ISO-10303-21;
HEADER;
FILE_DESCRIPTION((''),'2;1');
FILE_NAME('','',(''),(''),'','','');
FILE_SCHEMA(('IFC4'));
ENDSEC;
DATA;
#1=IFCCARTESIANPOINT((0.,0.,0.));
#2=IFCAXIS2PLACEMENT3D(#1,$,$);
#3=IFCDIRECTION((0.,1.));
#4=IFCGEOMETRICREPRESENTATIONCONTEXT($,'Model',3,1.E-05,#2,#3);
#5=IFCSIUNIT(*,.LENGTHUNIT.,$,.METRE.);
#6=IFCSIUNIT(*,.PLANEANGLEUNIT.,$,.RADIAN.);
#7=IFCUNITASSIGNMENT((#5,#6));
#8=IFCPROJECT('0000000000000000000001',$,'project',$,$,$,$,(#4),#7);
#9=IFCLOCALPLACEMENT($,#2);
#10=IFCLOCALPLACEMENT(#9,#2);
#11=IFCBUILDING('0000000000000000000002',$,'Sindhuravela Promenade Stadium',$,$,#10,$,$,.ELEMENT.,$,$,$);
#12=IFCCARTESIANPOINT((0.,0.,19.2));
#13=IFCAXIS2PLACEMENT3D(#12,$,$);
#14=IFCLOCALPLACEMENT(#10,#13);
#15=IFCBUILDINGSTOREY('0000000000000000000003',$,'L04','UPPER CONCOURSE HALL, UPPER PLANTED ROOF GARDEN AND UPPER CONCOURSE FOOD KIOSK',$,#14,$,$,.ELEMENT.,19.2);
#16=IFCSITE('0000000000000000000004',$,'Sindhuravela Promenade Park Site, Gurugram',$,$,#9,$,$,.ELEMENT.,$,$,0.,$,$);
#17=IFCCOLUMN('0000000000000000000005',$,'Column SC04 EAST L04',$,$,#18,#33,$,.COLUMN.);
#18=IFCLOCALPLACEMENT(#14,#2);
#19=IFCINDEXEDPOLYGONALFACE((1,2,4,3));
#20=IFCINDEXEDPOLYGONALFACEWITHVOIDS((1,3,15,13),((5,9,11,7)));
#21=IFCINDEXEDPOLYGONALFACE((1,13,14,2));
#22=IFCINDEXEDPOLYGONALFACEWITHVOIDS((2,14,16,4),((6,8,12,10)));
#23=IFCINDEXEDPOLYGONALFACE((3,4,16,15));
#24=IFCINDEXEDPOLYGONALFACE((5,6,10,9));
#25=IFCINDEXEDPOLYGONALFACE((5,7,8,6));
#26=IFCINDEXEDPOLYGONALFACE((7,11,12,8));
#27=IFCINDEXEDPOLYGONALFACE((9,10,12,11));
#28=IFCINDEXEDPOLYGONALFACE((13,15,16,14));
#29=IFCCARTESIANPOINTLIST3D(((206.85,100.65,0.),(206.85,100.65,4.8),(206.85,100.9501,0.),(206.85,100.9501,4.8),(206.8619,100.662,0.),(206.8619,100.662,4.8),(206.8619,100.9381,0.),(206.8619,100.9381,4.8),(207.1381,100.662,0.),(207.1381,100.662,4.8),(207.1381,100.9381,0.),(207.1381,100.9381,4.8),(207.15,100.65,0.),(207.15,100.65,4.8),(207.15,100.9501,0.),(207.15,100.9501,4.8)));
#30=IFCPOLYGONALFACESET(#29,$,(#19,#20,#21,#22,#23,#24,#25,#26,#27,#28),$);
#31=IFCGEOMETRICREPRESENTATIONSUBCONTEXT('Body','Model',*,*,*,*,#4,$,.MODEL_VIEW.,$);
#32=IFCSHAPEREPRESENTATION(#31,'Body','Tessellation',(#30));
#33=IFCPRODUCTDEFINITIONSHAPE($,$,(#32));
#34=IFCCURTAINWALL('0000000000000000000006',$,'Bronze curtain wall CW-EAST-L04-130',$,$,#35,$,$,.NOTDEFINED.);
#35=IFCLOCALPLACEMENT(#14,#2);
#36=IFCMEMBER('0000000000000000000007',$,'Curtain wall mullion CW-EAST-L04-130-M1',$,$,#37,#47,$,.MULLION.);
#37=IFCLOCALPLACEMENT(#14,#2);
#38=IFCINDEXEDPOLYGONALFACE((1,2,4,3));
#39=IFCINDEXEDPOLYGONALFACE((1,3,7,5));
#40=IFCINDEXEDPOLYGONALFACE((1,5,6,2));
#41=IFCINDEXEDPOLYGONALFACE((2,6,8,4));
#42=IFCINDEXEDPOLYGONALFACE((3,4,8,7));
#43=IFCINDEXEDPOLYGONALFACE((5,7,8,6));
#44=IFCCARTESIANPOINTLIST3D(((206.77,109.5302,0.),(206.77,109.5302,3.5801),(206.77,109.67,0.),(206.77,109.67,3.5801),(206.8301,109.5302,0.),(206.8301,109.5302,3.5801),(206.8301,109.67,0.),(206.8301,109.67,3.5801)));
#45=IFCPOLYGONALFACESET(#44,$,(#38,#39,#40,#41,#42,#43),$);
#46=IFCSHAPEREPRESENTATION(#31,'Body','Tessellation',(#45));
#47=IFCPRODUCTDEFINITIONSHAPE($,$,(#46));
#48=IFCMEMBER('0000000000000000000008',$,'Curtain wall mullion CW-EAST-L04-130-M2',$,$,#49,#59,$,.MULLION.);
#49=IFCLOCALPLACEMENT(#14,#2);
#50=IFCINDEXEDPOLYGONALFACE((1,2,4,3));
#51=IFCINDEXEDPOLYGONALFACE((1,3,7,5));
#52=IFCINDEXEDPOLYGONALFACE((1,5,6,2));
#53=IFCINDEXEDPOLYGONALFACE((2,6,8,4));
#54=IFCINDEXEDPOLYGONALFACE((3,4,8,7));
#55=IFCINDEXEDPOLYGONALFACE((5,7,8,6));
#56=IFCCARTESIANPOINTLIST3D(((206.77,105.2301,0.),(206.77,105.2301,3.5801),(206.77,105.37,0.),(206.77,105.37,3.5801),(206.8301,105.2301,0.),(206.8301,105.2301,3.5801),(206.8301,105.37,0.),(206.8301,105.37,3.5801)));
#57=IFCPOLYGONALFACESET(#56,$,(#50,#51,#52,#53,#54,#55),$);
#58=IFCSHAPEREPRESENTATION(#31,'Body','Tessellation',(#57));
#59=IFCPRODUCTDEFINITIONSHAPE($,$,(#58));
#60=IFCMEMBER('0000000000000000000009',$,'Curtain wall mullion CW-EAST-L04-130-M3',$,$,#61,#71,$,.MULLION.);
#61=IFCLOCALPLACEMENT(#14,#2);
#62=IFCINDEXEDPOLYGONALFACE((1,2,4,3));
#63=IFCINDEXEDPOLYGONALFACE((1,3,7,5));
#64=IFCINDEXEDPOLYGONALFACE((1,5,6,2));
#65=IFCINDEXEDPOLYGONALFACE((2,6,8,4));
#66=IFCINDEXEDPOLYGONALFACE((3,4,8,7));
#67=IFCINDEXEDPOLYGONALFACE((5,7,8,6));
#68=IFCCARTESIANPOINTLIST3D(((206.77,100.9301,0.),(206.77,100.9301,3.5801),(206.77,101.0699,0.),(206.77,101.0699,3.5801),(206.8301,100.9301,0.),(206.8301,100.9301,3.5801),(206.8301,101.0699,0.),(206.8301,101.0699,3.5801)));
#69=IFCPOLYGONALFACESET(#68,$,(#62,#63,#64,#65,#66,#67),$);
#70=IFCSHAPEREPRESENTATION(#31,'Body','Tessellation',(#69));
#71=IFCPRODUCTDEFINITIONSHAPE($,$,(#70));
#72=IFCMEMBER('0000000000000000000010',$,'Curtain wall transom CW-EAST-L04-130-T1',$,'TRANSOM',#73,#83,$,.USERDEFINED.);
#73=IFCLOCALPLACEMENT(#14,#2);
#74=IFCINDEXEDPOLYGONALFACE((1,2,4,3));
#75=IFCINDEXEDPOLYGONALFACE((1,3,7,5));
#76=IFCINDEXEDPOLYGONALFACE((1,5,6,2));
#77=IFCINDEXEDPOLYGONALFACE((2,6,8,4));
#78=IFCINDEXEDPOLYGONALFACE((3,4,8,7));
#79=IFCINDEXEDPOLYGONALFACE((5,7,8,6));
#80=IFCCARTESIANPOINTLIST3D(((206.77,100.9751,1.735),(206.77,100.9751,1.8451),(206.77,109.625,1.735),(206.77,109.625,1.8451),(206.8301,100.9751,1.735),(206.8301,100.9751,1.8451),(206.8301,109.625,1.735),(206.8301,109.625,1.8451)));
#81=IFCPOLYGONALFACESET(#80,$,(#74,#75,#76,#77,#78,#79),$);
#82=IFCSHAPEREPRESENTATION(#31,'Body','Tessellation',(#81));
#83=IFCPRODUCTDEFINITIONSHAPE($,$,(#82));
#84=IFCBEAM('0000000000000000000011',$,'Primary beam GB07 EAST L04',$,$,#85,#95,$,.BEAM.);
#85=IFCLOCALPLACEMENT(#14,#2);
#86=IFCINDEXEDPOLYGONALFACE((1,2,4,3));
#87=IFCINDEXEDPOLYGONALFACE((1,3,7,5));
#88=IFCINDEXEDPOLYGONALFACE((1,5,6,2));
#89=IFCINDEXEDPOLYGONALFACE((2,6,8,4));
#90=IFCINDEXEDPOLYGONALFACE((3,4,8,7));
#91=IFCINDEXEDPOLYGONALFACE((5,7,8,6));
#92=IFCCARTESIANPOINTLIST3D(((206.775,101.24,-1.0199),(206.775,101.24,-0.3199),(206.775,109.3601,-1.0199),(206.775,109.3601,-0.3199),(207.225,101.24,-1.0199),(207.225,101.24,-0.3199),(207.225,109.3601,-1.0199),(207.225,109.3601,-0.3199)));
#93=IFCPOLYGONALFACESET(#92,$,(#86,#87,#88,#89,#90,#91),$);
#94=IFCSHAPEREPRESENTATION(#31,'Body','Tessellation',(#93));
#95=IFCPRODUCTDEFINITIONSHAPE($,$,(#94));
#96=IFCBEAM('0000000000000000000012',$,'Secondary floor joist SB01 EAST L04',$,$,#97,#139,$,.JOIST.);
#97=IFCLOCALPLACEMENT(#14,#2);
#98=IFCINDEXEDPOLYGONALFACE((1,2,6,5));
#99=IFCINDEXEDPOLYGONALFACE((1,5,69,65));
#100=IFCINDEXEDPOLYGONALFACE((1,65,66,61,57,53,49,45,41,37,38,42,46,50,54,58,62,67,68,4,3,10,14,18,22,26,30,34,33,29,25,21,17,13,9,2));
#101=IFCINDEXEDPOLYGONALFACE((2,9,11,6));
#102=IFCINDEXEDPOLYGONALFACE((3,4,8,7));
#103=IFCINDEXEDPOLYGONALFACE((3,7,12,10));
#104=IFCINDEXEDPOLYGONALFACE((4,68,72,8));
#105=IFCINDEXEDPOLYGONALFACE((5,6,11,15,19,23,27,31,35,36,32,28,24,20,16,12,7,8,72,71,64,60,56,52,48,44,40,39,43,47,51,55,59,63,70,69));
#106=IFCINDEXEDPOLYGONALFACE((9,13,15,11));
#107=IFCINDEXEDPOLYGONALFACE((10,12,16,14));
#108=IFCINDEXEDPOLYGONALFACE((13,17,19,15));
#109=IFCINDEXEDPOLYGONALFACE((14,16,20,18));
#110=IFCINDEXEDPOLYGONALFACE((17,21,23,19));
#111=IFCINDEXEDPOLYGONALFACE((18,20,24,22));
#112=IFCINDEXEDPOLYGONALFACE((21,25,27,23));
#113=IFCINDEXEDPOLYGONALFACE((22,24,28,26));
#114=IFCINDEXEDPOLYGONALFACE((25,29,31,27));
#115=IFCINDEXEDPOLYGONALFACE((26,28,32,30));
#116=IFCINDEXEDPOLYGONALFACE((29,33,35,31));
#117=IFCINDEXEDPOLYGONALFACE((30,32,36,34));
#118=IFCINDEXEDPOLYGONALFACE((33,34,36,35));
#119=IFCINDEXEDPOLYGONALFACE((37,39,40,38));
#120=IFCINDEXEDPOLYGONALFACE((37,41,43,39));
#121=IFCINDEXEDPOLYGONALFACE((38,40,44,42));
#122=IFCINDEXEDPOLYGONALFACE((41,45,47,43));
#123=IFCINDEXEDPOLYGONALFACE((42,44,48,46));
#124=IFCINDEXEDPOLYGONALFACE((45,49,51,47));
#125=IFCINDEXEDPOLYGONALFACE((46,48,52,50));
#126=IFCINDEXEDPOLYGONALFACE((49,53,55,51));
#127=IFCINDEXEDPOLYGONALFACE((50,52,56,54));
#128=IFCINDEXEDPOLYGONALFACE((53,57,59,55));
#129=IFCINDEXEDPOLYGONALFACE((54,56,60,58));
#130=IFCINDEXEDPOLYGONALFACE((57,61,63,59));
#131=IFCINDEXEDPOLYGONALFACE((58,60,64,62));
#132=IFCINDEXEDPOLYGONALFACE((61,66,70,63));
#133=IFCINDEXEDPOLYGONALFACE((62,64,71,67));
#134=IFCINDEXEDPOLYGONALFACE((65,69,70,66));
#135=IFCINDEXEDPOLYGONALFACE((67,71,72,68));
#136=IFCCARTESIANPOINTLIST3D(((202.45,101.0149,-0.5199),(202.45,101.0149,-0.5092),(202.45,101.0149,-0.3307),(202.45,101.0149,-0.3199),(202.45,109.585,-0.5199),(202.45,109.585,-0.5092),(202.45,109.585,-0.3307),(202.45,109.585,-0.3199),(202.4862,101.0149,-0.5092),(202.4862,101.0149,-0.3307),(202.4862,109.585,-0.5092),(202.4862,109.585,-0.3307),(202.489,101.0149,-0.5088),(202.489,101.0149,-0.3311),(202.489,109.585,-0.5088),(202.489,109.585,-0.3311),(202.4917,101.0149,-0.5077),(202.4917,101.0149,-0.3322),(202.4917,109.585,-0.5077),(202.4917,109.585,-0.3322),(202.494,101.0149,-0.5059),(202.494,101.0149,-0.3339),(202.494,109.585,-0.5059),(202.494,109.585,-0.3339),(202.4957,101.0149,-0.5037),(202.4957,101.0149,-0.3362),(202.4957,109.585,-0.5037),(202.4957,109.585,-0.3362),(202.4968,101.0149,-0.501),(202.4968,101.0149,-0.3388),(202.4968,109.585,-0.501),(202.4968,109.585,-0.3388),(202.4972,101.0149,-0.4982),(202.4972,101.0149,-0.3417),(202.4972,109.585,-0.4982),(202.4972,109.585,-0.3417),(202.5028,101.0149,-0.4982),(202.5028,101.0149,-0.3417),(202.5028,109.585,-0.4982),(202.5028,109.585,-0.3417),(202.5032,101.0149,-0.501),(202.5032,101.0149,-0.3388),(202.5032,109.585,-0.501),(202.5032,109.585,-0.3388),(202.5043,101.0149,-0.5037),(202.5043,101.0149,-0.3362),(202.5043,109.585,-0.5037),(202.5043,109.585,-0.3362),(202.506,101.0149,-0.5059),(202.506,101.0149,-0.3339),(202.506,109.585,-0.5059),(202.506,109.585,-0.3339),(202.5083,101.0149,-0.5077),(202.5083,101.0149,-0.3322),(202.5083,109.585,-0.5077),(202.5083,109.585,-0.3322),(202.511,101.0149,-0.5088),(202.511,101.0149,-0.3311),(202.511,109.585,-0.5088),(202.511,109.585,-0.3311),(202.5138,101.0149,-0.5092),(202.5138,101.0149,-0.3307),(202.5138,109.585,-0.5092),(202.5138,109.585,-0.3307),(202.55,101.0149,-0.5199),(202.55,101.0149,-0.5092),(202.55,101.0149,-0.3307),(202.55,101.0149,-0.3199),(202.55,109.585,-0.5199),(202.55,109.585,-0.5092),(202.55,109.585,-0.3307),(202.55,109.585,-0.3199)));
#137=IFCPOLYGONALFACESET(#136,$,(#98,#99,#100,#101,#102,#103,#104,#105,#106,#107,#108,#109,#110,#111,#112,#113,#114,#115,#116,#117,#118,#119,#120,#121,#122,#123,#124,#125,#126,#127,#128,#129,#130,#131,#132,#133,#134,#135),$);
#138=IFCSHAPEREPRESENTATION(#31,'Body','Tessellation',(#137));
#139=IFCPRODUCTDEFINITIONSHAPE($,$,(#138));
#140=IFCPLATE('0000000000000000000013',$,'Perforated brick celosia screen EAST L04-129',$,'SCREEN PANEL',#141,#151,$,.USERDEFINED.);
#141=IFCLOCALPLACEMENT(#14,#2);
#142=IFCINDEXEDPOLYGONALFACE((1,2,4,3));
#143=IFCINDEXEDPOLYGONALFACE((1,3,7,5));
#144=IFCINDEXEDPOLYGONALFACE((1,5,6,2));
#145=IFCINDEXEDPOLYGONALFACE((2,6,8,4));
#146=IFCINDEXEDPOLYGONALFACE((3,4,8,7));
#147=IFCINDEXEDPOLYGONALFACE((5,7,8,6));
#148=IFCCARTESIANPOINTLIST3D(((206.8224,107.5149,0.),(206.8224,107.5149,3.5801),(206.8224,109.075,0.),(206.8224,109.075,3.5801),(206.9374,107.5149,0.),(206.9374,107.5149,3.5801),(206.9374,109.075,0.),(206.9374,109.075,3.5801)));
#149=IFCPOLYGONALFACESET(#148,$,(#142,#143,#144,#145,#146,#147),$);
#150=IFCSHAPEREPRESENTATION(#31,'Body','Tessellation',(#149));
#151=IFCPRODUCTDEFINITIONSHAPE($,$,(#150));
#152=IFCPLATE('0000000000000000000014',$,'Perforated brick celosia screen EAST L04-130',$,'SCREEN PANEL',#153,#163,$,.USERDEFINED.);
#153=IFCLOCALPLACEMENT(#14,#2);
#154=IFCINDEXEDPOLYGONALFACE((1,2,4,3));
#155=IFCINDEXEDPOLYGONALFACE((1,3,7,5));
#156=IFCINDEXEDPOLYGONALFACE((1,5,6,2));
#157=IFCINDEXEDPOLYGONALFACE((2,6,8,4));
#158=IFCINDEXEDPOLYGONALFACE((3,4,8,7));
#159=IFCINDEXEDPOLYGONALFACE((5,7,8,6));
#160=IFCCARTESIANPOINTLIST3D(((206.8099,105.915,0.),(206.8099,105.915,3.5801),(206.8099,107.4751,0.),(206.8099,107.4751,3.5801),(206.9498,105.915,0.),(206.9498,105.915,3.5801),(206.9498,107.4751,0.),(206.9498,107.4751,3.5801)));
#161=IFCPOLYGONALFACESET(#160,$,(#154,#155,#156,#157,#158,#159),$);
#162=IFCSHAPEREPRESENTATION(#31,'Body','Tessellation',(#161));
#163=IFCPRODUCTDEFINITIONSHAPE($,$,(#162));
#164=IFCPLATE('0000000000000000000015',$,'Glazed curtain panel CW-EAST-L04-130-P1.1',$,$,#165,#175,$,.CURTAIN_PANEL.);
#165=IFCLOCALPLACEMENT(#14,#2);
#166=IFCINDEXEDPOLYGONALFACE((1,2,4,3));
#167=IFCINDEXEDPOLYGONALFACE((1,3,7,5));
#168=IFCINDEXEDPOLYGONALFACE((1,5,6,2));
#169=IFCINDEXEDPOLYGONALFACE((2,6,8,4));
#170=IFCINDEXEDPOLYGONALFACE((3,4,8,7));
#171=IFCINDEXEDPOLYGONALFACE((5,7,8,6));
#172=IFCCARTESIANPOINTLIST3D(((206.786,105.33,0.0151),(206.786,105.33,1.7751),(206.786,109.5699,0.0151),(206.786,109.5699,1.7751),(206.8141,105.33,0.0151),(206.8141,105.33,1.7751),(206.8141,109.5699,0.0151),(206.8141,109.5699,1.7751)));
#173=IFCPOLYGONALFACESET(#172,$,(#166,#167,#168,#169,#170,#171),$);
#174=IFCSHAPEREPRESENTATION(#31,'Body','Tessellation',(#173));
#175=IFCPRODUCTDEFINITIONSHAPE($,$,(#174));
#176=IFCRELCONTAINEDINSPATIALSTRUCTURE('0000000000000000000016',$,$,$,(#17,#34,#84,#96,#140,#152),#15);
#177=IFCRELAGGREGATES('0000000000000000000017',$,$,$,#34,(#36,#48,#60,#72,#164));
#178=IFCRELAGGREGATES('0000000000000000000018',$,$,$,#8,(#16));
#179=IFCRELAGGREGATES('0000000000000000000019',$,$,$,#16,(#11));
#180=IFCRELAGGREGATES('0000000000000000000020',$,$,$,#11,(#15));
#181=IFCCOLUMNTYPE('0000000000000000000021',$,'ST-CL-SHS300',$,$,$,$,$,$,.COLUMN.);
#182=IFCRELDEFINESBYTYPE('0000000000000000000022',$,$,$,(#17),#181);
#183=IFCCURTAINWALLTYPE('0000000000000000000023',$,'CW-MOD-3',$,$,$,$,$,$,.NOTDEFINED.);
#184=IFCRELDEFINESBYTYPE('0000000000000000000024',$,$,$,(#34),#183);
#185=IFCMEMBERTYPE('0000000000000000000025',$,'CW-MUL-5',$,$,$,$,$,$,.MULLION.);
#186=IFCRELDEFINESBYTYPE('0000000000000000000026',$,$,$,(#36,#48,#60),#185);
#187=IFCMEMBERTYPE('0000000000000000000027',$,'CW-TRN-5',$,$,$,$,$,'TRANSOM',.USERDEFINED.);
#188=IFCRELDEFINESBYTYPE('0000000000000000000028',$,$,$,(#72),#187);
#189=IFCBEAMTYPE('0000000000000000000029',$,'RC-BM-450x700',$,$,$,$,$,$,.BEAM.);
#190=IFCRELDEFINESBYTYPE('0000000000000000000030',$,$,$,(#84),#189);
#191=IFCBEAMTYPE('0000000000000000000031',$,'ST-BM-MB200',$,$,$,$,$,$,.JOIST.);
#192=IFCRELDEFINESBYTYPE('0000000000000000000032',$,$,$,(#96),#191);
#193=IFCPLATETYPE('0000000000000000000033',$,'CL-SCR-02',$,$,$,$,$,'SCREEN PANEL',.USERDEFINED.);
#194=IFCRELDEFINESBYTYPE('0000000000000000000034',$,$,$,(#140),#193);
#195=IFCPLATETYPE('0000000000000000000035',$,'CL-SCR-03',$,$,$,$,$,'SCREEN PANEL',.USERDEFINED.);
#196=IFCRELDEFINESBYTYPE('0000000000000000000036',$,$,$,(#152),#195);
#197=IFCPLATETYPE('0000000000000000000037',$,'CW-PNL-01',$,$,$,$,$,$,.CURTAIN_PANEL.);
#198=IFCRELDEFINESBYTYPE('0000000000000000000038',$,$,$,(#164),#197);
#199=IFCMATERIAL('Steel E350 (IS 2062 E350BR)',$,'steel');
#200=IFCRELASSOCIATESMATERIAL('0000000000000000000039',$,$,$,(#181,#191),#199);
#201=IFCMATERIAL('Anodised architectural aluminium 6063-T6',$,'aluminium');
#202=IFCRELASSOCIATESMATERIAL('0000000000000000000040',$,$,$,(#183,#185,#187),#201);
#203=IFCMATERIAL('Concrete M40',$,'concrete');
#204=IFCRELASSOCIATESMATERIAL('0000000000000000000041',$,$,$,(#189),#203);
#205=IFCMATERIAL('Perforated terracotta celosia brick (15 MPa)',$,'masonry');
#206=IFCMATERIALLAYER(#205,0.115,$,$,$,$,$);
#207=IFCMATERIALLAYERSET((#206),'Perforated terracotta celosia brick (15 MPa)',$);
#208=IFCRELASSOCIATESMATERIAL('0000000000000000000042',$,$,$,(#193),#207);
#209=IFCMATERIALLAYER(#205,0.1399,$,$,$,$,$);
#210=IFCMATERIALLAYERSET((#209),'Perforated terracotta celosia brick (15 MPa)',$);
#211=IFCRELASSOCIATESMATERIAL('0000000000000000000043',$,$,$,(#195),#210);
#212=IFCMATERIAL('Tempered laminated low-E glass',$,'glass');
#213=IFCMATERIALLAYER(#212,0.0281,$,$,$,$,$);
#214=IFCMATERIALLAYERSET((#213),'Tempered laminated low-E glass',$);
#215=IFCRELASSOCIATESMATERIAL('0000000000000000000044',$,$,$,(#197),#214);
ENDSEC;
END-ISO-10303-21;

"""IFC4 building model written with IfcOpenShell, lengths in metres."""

from ifc_helpers import new_model, si_unit, direction, frame, origin, origin_2d, place, context, subcontext, project, spatial, rectangle, hollow_rectangle, i_section, extrude, material, layer, layer_set, material_profile, profile_set, type_object, element, aggregate, save


model = new_model("IFC4")

# Units and contexts
model_context = context("Model", 3, precision=1e-05, world=origin(), true_north=direction((0.0, 1.0)))
body_context = subcontext(model_context, "Body", "Model", "MODEL_VIEW")
ifc_project = project(units=[si_unit("LENGTHUNIT", "METRE"), si_unit("PLANEANGLEUNIT", "RADIAN")], contexts=[model_context])

# Site, building, storey
site_placement = place(None, origin())
site = spatial("IfcSite", under=ifc_project, at=site_placement, Name="Sindhuravela Promenade Park Site, Gurugram", CompositionType="ELEMENT", RefElevation=0.0)
building_placement = place(site_placement, origin())
building = spatial("IfcBuilding", under=site, at=building_placement, Name="Sindhuravela Promenade Stadium", CompositionType="ELEMENT")
storey_placement = place(building_placement, frame((0.0, 0.0, 19.2)))
storey = spatial("IfcBuildingStorey", under=building, at=storey_placement, Name="L04", Description="UPPER CONCOURSE HALL, UPPER PLANTED ROOF GARDEN AND UPPER CONCOURSE FOOD KIOSK", CompositionType="ELEMENT", Elevation=19.2)

# Column
ifc_material_1 = material(Name="Steel E350 (IS 2062 E350BR)", Category="steel")
ifc_material_profile_1 = material_profile(ifc_material_1, hollow_rectangle(XDim=0.3, YDim=0.3, WallThickness=0.012, at=origin_2d()), Name="SHS 300x300x12")
ifc_profile_set_1 = profile_set([ifc_material_profile_1], Name="Steel E350 (IS 2062 E350BR)")
column_type = type_object("IfcColumnType", Name="ST-CL-SHS300", PredefinedType="COLUMN", material=ifc_profile_set_1)
column_placement = place(storey_placement, frame((207.0, 100.8, 0.0), z_axis=(0.0, 0.0, 1.0), x_axis=(1.0, 0.0, 0.0)))
element("IfcColumn", 1, at=column_placement, inside=storey, type_object=column_type, Name="Column SC04 EAST L04", PredefinedType="COLUMN", context=body_context, shape_type="SweptSolid", body=[
    extrude(hollow_rectangle(XDim=0.3, YDim=0.3, WallThickness=0.012, at=origin_2d()), origin(), (0.0, 0.0, 1.0), 4.8),
])

# Curtain wall, members
ifc_material_2 = material(Name="Anodised architectural aluminium 6063-T6", Category="aluminium")
curtain_wall_type = type_object("IfcCurtainWallType", Name="CW-MOD-3", PredefinedType="NOTDEFINED", material=ifc_material_2)
curtain_wall_placement = place(storey_placement, origin())
curtain_wall = element("IfcCurtainWall", 2, at=curtain_wall_placement, inside=storey, type_object=curtain_wall_type, Name="Bronze curtain wall CW-EAST-L04-130", PredefinedType="NOTDEFINED")
ifc_material_profile_2 = material_profile(ifc_material_2, rectangle(XDim=0.0601, YDim=0.1399, at=origin_2d()), Name="ALU M60x140")
ifc_profile_set_2 = profile_set([ifc_material_profile_2], Name="Anodised architectural aluminium 6063-T6")
member_type_1 = type_object("IfcMemberType", Name="CW-MUL-5", PredefinedType="MULLION", material=ifc_profile_set_2)
member_1_placement = place(storey_placement, frame((206.8, 109.6001, 0.0), z_axis=(0.0, 0.0, 1.0), x_axis=(1.0, 0.0, 0.0)))
member_1 = element("IfcMember", 3, at=member_1_placement, type_object=member_type_1, Name="Curtain wall mullion CW-EAST-L04-130-M1", PredefinedType="MULLION", context=body_context, shape_type="SweptSolid", body=[
    extrude(rectangle(XDim=0.0601, YDim=0.1399, at=origin_2d()), origin(), (0.0, 0.0, 1.0), 3.5801),
])
member_2_placement = place(storey_placement, frame((206.8, 105.3, 0.0), z_axis=(0.0, 0.0, 1.0), x_axis=(1.0, 0.0, 0.0)))
member_2 = element("IfcMember", 4, at=member_2_placement, type_object=member_type_1, Name="Curtain wall mullion CW-EAST-L04-130-M2", PredefinedType="MULLION", context=body_context, shape_type="SweptSolid", body=[
    extrude(rectangle(XDim=0.0601, YDim=0.1399, at=origin_2d()), origin(), (0.0, 0.0, 1.0), 3.5801),
])
member_3_placement = place(storey_placement, frame((206.8, 101.0, 0.0), z_axis=(0.0, 0.0, 1.0), x_axis=(1.0, 0.0, 0.0)))
member_3 = element("IfcMember", 5, at=member_3_placement, type_object=member_type_1, Name="Curtain wall mullion CW-EAST-L04-130-M3", PredefinedType="MULLION", context=body_context, shape_type="SweptSolid", body=[
    extrude(rectangle(XDim=0.0601, YDim=0.1399, at=origin_2d()), origin(), (0.0, 0.0, 1.0), 3.5801),
])
ifc_material_profile_3 = material_profile(ifc_material_2, rectangle(XDim=0.0601, YDim=0.1101, at=origin_2d()), Name="ALU T60x110")
ifc_profile_set_3 = profile_set([ifc_material_profile_3], Name="Anodised architectural aluminium 6063-T6")
member_type_2 = type_object("IfcMemberType", Name="CW-TRN-5", ElementType="TRANSOM", PredefinedType="USERDEFINED", material=ifc_profile_set_3)
member_4_placement = place(storey_placement, frame((206.8, 109.625, 1.79), z_axis=(0.0, -1.0, 0.0), x_axis=(1.0, 0.0, 0.0)))
member_4 = element("IfcMember", 6, at=member_4_placement, type_object=member_type_2, Name="Curtain wall transom CW-EAST-L04-130-T1", ObjectType="TRANSOM", PredefinedType="USERDEFINED", context=body_context, shape_type="SweptSolid", body=[
    extrude(rectangle(XDim=0.0601, YDim=0.1101, at=origin_2d()), origin(), (0.0, 0.0, 1.0), 8.6499),
])

# Beams
ifc_material_3 = material(Name="Concrete M40", Category="concrete")
ifc_material_profile_4 = material_profile(ifc_material_3, rectangle(XDim=0.45, YDim=0.7, at=origin_2d()), Name="RC 450x700")
ifc_profile_set_4 = profile_set([ifc_material_profile_4], Name="Concrete M40")
beam_type_1 = type_object("IfcBeamType", Name="RC-BM-450x700", PredefinedType="BEAM", material=ifc_profile_set_4)
beam_1_placement = place(storey_placement, frame((207.0, 101.24, -0.6699), z_axis=(0.0, 1.0, 0.0), x_axis=(-1.0, 0.0, 0.0)))
element("IfcBeam", 7, at=beam_1_placement, inside=storey, type_object=beam_type_1, Name="Primary beam GB07 EAST L04", PredefinedType="BEAM", context=body_context, shape_type="SweptSolid", body=[
    extrude(rectangle(XDim=0.45, YDim=0.7, at=origin_2d()), origin(), (0.0, 0.0, 1.0), 8.1201),
])
ifc_material_profile_5 = material_profile(ifc_material_1, i_section(OverallWidth=0.1001, OverallDepth=0.2, WebThickness=0.0056, FlangeThickness=0.0107, FilletRadius=0.011, at=origin_2d()), Name="ISMB 200")
ifc_profile_set_5 = profile_set([ifc_material_profile_5], Name="Steel E350 (IS 2062 E350BR)")
beam_type_2 = type_object("IfcBeamType", Name="ST-BM-MB200", PredefinedType="JOIST", material=ifc_profile_set_5)
beam_2_placement = place(storey_placement, frame((202.5, 101.0149, -0.4199), z_axis=(0.0, 1.0, 0.0), x_axis=(-1.0, 0.0, 0.0)))
element("IfcBeam", 8, at=beam_2_placement, inside=storey, type_object=beam_type_2, Name="Secondary floor joist SB01 EAST L04", PredefinedType="JOIST", context=body_context, shape_type="SweptSolid", body=[
    extrude(i_section(OverallWidth=0.1001, OverallDepth=0.2, WebThickness=0.0056, FlangeThickness=0.0107, FilletRadius=0.011, at=origin_2d()), origin(), (0.0, 0.0, 1.0), 8.5701),
])

# Plates
ifc_material_4 = material(Name="Perforated terracotta celosia brick (15 MPa)", Category="masonry")
ifc_layer_1 = layer(ifc_material_4, 0.115)
ifc_layer_set_1 = layer_set([ifc_layer_1], Name="Perforated terracotta celosia brick (15 MPa)")
plate_type_1 = type_object("IfcPlateType", Name="CL-SCR-02", ElementType="SCREEN PANEL", PredefinedType="USERDEFINED", material=ifc_layer_set_1)
plate_1_placement = place(storey_placement, frame((206.8799, 108.2949, 0.0), z_axis=(0.0, 0.0, 1.0), x_axis=(0.0, -1.0, 0.0)))
element("IfcPlate", 9, at=plate_1_placement, inside=storey, type_object=plate_type_1, Name="Perforated brick celosia screen EAST L04-129", ObjectType="SCREEN PANEL", PredefinedType="USERDEFINED", context=body_context, shape_type="SweptSolid", body=[
    extrude(rectangle(XDim=1.5601, YDim=0.115, at=origin_2d()), origin(), (0.0, 0.0, 1.0), 3.5801),
])
ifc_layer_2 = layer(ifc_material_4, 0.1399)
ifc_layer_set_2 = layer_set([ifc_layer_2], Name="Perforated terracotta celosia brick (15 MPa)")
plate_type_2 = type_object("IfcPlateType", Name="CL-SCR-03", ElementType="SCREEN PANEL", PredefinedType="USERDEFINED", material=ifc_layer_set_2)
plate_2_placement = place(storey_placement, frame((206.8799, 106.6951, 0.0), z_axis=(0.0, 0.0, 1.0), x_axis=(0.0, -1.0, 0.0)))
element("IfcPlate", 10, at=plate_2_placement, inside=storey, type_object=plate_type_2, Name="Perforated brick celosia screen EAST L04-130", ObjectType="SCREEN PANEL", PredefinedType="USERDEFINED", context=body_context, shape_type="SweptSolid", body=[
    extrude(rectangle(XDim=1.5601, YDim=0.1399, at=origin_2d()), origin(), (0.0, 0.0, 1.0), 3.5801),
])

# Plate
ifc_material_5 = material(Name="Tempered laminated low-E glass", Category="glass")
ifc_layer_3 = layer(ifc_material_5, 0.0281)
ifc_layer_set_3 = layer_set([ifc_layer_3], Name="Tempered laminated low-E glass")
plate_type_3 = type_object("IfcPlateType", Name="CW-PNL-01", PredefinedType="CURTAIN_PANEL", material=ifc_layer_set_3)
plate_3_placement = place(storey_placement, frame((206.8, 107.45, 0.0151), z_axis=(0.0, 0.0, 1.0), x_axis=(0.0, -1.0, 0.0)))
plate_3 = element("IfcPlate", 11, at=plate_3_placement, type_object=plate_type_3, Name="Glazed curtain panel CW-EAST-L04-130-P1.1", PredefinedType="CURTAIN_PANEL", context=body_context, shape_type="SweptSolid", body=[
    extrude(rectangle(XDim=4.24, YDim=0.0281, at=origin_2d()), origin(), (0.0, 0.0, 1.0), 1.76),
])
aggregate(curtain_wall, [member_1, member_2, member_3, member_4, plate_3])

save(model, "model.ifc")
